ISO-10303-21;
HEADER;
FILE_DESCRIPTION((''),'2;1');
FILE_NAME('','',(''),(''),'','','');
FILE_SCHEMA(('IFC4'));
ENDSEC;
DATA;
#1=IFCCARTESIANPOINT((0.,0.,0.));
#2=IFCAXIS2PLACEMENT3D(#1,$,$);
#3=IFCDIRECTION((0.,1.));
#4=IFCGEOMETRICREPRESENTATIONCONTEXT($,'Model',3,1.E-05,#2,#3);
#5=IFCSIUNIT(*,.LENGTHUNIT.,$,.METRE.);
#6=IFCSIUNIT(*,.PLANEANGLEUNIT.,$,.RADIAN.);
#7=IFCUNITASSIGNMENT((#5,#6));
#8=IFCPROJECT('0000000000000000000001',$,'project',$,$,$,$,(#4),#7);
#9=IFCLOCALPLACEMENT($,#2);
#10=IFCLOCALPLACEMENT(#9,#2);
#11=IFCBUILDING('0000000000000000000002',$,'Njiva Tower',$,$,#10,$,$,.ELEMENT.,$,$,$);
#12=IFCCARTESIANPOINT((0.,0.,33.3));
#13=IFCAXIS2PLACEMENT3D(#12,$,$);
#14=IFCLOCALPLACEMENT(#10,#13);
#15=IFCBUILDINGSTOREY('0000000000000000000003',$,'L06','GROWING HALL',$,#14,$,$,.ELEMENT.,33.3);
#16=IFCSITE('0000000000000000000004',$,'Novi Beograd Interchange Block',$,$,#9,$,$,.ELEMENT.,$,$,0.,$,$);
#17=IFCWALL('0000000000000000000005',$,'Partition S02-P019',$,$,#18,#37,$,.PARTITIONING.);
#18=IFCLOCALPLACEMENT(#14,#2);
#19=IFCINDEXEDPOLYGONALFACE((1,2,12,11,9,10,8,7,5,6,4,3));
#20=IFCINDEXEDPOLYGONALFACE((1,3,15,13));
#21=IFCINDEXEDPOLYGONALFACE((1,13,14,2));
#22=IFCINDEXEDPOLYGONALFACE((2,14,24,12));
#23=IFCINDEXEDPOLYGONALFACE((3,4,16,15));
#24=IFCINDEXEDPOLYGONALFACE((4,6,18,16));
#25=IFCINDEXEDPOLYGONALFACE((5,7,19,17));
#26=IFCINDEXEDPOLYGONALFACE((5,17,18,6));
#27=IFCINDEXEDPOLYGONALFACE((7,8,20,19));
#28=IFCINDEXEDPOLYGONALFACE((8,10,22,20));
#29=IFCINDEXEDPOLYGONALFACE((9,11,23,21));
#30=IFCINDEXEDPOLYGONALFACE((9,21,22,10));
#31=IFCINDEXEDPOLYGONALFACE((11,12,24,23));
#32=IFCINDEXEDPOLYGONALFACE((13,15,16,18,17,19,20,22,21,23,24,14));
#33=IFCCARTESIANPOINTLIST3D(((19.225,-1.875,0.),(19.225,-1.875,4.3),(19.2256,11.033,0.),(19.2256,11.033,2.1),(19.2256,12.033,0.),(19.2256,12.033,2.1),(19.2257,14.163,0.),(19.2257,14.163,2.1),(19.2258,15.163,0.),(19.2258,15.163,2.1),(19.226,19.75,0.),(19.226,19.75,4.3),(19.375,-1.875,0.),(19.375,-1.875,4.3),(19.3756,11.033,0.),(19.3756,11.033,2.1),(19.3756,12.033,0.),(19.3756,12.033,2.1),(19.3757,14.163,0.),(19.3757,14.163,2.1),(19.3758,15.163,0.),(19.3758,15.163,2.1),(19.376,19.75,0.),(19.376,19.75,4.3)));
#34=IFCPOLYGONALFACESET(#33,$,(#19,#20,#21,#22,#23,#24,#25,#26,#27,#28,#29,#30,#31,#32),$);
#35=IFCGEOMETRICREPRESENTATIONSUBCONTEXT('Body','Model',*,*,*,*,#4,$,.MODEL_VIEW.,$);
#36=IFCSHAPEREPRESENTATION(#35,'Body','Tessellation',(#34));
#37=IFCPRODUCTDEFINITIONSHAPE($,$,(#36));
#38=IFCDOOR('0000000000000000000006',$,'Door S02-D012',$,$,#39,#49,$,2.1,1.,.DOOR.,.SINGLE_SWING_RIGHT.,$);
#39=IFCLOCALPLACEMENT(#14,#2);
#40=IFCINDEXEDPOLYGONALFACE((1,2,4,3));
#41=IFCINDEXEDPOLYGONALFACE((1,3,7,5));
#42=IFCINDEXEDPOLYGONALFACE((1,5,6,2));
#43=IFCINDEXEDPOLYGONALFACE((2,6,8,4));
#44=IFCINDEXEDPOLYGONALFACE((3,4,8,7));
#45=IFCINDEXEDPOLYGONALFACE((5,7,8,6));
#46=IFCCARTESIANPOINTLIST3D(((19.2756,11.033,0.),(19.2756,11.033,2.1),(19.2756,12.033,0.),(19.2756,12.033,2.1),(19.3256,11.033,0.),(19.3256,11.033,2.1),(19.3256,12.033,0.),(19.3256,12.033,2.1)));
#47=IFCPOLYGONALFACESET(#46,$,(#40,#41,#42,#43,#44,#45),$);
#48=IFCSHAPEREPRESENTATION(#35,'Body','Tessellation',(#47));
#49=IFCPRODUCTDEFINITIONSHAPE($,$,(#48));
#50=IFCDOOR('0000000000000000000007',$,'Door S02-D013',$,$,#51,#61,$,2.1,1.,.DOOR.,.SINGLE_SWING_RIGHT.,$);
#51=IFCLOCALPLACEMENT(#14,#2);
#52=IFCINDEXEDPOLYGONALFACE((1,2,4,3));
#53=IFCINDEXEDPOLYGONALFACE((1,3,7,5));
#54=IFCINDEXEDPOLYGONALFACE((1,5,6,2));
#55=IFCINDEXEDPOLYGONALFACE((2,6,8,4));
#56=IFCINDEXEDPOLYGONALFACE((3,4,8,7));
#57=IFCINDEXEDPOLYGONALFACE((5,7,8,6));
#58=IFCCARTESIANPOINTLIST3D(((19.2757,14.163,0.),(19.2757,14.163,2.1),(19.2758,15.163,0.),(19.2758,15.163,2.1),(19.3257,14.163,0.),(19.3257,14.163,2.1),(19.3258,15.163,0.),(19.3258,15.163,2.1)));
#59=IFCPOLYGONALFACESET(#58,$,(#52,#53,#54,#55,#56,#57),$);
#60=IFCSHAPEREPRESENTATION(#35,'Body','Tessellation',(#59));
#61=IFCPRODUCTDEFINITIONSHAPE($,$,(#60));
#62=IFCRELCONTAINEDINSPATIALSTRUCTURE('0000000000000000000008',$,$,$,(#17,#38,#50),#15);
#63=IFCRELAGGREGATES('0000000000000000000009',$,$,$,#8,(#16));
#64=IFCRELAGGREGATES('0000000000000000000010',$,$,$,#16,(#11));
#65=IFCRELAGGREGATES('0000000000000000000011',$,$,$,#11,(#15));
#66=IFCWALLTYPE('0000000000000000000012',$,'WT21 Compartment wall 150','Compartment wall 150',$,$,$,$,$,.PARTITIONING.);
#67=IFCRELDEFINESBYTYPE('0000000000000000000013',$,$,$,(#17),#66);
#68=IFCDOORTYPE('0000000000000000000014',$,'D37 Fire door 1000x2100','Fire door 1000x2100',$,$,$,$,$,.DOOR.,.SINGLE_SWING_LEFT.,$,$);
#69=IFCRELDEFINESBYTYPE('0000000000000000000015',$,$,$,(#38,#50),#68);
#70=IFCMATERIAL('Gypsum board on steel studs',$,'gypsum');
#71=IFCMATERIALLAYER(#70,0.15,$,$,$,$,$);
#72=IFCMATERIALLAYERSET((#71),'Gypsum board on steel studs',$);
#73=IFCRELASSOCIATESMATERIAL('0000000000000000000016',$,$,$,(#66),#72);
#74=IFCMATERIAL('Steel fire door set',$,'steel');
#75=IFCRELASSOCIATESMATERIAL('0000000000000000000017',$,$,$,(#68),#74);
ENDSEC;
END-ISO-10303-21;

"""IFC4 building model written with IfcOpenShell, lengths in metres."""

from ifc_helpers import new_model, si_unit, direction, frame, frame_2d, origin, place, context, subcontext, project, spatial, rectangle, extrude, material, layer, layer_set, type_object, element, fill, save


model = new_model("IFC4")

# Units and contexts
model_context = context("Model", 3, precision=1e-05, world=origin(), true_north=direction((0.0, 1.0)))
body_context = subcontext(model_context, "Body", "Model", "MODEL_VIEW")
ifc_project = project(units=[si_unit("LENGTHUNIT", "METRE"), si_unit("PLANEANGLEUNIT", "RADIAN")], contexts=[model_context])

# Site, building, storey
site_placement = place(None, origin())
site = spatial("IfcSite", under=ifc_project, at=site_placement, Name="Novi Beograd Interchange Block", CompositionType="ELEMENT", RefElevation=0.0)
building_placement = place(site_placement, origin())
building = spatial("IfcBuilding", under=site, at=building_placement, Name="Njiva Tower", CompositionType="ELEMENT")
storey_placement = place(building_placement, frame((0.0, 0.0, 33.3)))
storey = spatial("IfcBuildingStorey", under=building, at=storey_placement, Name="L06", Description="GROWING HALL", CompositionType="ELEMENT", Elevation=33.3)

# Wall, openings, doors
ifc_material_1 = material(Name="Gypsum board on steel studs", Category="gypsum")
ifc_layer = layer(ifc_material_1, 0.15)
ifc_layer_set = layer_set([ifc_layer], Name="Gypsum board on steel studs")
wall_type = type_object("IfcWallType", Name="WT21 Compartment wall 150", Description="Compartment wall 150", PredefinedType="PARTITIONING", material=ifc_layer_set)
wall_placement = place(storey_placement, frame((19.3, -1.875, 0.0), z_axis=(0.0, 0.0, 1.0), x_axis=(0.000046, 1.0, 0.0)))
wall = element("IfcWall", 1, at=wall_placement, inside=storey, type_object=wall_type, Name="Partition S02-P019", PredefinedType="PARTITIONING", context=body_context, shape_type="SweptSolid", body=[
    extrude(rectangle(XDim=21.625, YDim=0.15, at=frame_2d((10.8125, 0.0))), origin(), (0.0, 0.0, 1.0), 4.3),
])
opening_1_placement = place(wall_placement, frame((12.908, 0.0, 0.0)))
opening_1 = element("IfcOpeningElement", 2, at=opening_1_placement, cuts=wall, PredefinedType="OPENING", context=body_context, shape_type="SweptSolid", body=[
    extrude(rectangle(XDim=1.0, YDim=2.1, at=frame_2d((0.5, 1.05))), frame((0.0, 0.085, 0.0), z_axis=(0.0, -1.0, 0.0), x_axis=(1.0, 0.0, 0.0)), (0.0, 0.0, 1.0), 0.17),
])
opening_2_placement = place(wall_placement, frame((16.038, 0.0, 0.0)))
opening_2 = element("IfcOpeningElement", 3, at=opening_2_placement, cuts=wall, PredefinedType="OPENING", context=body_context, shape_type="SweptSolid", body=[
    extrude(rectangle(XDim=1.0, YDim=2.1, at=frame_2d((0.5, 1.05))), frame((0.0, 0.085, 0.0), z_axis=(0.0, -1.0, 0.0), x_axis=(1.0, 0.0, 0.0)), (0.0, 0.0, 1.0), 0.17),
])
ifc_material_2 = material(Name="Steel fire door set", Category="steel")
door_type = type_object("IfcDoorType", Name="D37 Fire door 1000x2100", Description="Fire door 1000x2100", OperationType="SINGLE_SWING_LEFT", PredefinedType="DOOR", material=ifc_material_2)
door_1_placement = place(opening_1_placement, origin())
door_1 = element("IfcDoor", 4, at=door_1_placement, inside=storey, type_object=door_type, Name="Door S02-D012", OperationType="SINGLE_SWING_RIGHT", OverallHeight=2.1, OverallWidth=1.0, PredefinedType="DOOR", context=body_context, shape_type="SweptSolid", body=[
    extrude(rectangle(XDim=1.0, YDim=2.1, at=frame_2d((0.5, 1.05))), frame((0.0, 0.025, 0.0), z_axis=(0.0, -1.0, 0.0), x_axis=(1.0, 0.0, 0.0)), (0.0, 0.0, 1.0), 0.05),
])
fill(opening_1, door_1)
door_2_placement = place(opening_2_placement, origin())
door_2 = element("IfcDoor", 5, at=door_2_placement, inside=storey, type_object=door_type, Name="Door S02-D013", OperationType="SINGLE_SWING_RIGHT", OverallHeight=2.1, OverallWidth=1.0, PredefinedType="DOOR", context=body_context, shape_type="SweptSolid", body=[
    extrude(rectangle(XDim=1.0, YDim=2.1, at=frame_2d((0.5, 1.05))), frame((0.0, 0.025, 0.0), z_axis=(0.0, -1.0, 0.0), x_axis=(1.0, 0.0, 0.0)), (0.0, 0.0, 1.0), 0.05),
])
fill(opening_2, door_2)

save(model, "model.ifc")
